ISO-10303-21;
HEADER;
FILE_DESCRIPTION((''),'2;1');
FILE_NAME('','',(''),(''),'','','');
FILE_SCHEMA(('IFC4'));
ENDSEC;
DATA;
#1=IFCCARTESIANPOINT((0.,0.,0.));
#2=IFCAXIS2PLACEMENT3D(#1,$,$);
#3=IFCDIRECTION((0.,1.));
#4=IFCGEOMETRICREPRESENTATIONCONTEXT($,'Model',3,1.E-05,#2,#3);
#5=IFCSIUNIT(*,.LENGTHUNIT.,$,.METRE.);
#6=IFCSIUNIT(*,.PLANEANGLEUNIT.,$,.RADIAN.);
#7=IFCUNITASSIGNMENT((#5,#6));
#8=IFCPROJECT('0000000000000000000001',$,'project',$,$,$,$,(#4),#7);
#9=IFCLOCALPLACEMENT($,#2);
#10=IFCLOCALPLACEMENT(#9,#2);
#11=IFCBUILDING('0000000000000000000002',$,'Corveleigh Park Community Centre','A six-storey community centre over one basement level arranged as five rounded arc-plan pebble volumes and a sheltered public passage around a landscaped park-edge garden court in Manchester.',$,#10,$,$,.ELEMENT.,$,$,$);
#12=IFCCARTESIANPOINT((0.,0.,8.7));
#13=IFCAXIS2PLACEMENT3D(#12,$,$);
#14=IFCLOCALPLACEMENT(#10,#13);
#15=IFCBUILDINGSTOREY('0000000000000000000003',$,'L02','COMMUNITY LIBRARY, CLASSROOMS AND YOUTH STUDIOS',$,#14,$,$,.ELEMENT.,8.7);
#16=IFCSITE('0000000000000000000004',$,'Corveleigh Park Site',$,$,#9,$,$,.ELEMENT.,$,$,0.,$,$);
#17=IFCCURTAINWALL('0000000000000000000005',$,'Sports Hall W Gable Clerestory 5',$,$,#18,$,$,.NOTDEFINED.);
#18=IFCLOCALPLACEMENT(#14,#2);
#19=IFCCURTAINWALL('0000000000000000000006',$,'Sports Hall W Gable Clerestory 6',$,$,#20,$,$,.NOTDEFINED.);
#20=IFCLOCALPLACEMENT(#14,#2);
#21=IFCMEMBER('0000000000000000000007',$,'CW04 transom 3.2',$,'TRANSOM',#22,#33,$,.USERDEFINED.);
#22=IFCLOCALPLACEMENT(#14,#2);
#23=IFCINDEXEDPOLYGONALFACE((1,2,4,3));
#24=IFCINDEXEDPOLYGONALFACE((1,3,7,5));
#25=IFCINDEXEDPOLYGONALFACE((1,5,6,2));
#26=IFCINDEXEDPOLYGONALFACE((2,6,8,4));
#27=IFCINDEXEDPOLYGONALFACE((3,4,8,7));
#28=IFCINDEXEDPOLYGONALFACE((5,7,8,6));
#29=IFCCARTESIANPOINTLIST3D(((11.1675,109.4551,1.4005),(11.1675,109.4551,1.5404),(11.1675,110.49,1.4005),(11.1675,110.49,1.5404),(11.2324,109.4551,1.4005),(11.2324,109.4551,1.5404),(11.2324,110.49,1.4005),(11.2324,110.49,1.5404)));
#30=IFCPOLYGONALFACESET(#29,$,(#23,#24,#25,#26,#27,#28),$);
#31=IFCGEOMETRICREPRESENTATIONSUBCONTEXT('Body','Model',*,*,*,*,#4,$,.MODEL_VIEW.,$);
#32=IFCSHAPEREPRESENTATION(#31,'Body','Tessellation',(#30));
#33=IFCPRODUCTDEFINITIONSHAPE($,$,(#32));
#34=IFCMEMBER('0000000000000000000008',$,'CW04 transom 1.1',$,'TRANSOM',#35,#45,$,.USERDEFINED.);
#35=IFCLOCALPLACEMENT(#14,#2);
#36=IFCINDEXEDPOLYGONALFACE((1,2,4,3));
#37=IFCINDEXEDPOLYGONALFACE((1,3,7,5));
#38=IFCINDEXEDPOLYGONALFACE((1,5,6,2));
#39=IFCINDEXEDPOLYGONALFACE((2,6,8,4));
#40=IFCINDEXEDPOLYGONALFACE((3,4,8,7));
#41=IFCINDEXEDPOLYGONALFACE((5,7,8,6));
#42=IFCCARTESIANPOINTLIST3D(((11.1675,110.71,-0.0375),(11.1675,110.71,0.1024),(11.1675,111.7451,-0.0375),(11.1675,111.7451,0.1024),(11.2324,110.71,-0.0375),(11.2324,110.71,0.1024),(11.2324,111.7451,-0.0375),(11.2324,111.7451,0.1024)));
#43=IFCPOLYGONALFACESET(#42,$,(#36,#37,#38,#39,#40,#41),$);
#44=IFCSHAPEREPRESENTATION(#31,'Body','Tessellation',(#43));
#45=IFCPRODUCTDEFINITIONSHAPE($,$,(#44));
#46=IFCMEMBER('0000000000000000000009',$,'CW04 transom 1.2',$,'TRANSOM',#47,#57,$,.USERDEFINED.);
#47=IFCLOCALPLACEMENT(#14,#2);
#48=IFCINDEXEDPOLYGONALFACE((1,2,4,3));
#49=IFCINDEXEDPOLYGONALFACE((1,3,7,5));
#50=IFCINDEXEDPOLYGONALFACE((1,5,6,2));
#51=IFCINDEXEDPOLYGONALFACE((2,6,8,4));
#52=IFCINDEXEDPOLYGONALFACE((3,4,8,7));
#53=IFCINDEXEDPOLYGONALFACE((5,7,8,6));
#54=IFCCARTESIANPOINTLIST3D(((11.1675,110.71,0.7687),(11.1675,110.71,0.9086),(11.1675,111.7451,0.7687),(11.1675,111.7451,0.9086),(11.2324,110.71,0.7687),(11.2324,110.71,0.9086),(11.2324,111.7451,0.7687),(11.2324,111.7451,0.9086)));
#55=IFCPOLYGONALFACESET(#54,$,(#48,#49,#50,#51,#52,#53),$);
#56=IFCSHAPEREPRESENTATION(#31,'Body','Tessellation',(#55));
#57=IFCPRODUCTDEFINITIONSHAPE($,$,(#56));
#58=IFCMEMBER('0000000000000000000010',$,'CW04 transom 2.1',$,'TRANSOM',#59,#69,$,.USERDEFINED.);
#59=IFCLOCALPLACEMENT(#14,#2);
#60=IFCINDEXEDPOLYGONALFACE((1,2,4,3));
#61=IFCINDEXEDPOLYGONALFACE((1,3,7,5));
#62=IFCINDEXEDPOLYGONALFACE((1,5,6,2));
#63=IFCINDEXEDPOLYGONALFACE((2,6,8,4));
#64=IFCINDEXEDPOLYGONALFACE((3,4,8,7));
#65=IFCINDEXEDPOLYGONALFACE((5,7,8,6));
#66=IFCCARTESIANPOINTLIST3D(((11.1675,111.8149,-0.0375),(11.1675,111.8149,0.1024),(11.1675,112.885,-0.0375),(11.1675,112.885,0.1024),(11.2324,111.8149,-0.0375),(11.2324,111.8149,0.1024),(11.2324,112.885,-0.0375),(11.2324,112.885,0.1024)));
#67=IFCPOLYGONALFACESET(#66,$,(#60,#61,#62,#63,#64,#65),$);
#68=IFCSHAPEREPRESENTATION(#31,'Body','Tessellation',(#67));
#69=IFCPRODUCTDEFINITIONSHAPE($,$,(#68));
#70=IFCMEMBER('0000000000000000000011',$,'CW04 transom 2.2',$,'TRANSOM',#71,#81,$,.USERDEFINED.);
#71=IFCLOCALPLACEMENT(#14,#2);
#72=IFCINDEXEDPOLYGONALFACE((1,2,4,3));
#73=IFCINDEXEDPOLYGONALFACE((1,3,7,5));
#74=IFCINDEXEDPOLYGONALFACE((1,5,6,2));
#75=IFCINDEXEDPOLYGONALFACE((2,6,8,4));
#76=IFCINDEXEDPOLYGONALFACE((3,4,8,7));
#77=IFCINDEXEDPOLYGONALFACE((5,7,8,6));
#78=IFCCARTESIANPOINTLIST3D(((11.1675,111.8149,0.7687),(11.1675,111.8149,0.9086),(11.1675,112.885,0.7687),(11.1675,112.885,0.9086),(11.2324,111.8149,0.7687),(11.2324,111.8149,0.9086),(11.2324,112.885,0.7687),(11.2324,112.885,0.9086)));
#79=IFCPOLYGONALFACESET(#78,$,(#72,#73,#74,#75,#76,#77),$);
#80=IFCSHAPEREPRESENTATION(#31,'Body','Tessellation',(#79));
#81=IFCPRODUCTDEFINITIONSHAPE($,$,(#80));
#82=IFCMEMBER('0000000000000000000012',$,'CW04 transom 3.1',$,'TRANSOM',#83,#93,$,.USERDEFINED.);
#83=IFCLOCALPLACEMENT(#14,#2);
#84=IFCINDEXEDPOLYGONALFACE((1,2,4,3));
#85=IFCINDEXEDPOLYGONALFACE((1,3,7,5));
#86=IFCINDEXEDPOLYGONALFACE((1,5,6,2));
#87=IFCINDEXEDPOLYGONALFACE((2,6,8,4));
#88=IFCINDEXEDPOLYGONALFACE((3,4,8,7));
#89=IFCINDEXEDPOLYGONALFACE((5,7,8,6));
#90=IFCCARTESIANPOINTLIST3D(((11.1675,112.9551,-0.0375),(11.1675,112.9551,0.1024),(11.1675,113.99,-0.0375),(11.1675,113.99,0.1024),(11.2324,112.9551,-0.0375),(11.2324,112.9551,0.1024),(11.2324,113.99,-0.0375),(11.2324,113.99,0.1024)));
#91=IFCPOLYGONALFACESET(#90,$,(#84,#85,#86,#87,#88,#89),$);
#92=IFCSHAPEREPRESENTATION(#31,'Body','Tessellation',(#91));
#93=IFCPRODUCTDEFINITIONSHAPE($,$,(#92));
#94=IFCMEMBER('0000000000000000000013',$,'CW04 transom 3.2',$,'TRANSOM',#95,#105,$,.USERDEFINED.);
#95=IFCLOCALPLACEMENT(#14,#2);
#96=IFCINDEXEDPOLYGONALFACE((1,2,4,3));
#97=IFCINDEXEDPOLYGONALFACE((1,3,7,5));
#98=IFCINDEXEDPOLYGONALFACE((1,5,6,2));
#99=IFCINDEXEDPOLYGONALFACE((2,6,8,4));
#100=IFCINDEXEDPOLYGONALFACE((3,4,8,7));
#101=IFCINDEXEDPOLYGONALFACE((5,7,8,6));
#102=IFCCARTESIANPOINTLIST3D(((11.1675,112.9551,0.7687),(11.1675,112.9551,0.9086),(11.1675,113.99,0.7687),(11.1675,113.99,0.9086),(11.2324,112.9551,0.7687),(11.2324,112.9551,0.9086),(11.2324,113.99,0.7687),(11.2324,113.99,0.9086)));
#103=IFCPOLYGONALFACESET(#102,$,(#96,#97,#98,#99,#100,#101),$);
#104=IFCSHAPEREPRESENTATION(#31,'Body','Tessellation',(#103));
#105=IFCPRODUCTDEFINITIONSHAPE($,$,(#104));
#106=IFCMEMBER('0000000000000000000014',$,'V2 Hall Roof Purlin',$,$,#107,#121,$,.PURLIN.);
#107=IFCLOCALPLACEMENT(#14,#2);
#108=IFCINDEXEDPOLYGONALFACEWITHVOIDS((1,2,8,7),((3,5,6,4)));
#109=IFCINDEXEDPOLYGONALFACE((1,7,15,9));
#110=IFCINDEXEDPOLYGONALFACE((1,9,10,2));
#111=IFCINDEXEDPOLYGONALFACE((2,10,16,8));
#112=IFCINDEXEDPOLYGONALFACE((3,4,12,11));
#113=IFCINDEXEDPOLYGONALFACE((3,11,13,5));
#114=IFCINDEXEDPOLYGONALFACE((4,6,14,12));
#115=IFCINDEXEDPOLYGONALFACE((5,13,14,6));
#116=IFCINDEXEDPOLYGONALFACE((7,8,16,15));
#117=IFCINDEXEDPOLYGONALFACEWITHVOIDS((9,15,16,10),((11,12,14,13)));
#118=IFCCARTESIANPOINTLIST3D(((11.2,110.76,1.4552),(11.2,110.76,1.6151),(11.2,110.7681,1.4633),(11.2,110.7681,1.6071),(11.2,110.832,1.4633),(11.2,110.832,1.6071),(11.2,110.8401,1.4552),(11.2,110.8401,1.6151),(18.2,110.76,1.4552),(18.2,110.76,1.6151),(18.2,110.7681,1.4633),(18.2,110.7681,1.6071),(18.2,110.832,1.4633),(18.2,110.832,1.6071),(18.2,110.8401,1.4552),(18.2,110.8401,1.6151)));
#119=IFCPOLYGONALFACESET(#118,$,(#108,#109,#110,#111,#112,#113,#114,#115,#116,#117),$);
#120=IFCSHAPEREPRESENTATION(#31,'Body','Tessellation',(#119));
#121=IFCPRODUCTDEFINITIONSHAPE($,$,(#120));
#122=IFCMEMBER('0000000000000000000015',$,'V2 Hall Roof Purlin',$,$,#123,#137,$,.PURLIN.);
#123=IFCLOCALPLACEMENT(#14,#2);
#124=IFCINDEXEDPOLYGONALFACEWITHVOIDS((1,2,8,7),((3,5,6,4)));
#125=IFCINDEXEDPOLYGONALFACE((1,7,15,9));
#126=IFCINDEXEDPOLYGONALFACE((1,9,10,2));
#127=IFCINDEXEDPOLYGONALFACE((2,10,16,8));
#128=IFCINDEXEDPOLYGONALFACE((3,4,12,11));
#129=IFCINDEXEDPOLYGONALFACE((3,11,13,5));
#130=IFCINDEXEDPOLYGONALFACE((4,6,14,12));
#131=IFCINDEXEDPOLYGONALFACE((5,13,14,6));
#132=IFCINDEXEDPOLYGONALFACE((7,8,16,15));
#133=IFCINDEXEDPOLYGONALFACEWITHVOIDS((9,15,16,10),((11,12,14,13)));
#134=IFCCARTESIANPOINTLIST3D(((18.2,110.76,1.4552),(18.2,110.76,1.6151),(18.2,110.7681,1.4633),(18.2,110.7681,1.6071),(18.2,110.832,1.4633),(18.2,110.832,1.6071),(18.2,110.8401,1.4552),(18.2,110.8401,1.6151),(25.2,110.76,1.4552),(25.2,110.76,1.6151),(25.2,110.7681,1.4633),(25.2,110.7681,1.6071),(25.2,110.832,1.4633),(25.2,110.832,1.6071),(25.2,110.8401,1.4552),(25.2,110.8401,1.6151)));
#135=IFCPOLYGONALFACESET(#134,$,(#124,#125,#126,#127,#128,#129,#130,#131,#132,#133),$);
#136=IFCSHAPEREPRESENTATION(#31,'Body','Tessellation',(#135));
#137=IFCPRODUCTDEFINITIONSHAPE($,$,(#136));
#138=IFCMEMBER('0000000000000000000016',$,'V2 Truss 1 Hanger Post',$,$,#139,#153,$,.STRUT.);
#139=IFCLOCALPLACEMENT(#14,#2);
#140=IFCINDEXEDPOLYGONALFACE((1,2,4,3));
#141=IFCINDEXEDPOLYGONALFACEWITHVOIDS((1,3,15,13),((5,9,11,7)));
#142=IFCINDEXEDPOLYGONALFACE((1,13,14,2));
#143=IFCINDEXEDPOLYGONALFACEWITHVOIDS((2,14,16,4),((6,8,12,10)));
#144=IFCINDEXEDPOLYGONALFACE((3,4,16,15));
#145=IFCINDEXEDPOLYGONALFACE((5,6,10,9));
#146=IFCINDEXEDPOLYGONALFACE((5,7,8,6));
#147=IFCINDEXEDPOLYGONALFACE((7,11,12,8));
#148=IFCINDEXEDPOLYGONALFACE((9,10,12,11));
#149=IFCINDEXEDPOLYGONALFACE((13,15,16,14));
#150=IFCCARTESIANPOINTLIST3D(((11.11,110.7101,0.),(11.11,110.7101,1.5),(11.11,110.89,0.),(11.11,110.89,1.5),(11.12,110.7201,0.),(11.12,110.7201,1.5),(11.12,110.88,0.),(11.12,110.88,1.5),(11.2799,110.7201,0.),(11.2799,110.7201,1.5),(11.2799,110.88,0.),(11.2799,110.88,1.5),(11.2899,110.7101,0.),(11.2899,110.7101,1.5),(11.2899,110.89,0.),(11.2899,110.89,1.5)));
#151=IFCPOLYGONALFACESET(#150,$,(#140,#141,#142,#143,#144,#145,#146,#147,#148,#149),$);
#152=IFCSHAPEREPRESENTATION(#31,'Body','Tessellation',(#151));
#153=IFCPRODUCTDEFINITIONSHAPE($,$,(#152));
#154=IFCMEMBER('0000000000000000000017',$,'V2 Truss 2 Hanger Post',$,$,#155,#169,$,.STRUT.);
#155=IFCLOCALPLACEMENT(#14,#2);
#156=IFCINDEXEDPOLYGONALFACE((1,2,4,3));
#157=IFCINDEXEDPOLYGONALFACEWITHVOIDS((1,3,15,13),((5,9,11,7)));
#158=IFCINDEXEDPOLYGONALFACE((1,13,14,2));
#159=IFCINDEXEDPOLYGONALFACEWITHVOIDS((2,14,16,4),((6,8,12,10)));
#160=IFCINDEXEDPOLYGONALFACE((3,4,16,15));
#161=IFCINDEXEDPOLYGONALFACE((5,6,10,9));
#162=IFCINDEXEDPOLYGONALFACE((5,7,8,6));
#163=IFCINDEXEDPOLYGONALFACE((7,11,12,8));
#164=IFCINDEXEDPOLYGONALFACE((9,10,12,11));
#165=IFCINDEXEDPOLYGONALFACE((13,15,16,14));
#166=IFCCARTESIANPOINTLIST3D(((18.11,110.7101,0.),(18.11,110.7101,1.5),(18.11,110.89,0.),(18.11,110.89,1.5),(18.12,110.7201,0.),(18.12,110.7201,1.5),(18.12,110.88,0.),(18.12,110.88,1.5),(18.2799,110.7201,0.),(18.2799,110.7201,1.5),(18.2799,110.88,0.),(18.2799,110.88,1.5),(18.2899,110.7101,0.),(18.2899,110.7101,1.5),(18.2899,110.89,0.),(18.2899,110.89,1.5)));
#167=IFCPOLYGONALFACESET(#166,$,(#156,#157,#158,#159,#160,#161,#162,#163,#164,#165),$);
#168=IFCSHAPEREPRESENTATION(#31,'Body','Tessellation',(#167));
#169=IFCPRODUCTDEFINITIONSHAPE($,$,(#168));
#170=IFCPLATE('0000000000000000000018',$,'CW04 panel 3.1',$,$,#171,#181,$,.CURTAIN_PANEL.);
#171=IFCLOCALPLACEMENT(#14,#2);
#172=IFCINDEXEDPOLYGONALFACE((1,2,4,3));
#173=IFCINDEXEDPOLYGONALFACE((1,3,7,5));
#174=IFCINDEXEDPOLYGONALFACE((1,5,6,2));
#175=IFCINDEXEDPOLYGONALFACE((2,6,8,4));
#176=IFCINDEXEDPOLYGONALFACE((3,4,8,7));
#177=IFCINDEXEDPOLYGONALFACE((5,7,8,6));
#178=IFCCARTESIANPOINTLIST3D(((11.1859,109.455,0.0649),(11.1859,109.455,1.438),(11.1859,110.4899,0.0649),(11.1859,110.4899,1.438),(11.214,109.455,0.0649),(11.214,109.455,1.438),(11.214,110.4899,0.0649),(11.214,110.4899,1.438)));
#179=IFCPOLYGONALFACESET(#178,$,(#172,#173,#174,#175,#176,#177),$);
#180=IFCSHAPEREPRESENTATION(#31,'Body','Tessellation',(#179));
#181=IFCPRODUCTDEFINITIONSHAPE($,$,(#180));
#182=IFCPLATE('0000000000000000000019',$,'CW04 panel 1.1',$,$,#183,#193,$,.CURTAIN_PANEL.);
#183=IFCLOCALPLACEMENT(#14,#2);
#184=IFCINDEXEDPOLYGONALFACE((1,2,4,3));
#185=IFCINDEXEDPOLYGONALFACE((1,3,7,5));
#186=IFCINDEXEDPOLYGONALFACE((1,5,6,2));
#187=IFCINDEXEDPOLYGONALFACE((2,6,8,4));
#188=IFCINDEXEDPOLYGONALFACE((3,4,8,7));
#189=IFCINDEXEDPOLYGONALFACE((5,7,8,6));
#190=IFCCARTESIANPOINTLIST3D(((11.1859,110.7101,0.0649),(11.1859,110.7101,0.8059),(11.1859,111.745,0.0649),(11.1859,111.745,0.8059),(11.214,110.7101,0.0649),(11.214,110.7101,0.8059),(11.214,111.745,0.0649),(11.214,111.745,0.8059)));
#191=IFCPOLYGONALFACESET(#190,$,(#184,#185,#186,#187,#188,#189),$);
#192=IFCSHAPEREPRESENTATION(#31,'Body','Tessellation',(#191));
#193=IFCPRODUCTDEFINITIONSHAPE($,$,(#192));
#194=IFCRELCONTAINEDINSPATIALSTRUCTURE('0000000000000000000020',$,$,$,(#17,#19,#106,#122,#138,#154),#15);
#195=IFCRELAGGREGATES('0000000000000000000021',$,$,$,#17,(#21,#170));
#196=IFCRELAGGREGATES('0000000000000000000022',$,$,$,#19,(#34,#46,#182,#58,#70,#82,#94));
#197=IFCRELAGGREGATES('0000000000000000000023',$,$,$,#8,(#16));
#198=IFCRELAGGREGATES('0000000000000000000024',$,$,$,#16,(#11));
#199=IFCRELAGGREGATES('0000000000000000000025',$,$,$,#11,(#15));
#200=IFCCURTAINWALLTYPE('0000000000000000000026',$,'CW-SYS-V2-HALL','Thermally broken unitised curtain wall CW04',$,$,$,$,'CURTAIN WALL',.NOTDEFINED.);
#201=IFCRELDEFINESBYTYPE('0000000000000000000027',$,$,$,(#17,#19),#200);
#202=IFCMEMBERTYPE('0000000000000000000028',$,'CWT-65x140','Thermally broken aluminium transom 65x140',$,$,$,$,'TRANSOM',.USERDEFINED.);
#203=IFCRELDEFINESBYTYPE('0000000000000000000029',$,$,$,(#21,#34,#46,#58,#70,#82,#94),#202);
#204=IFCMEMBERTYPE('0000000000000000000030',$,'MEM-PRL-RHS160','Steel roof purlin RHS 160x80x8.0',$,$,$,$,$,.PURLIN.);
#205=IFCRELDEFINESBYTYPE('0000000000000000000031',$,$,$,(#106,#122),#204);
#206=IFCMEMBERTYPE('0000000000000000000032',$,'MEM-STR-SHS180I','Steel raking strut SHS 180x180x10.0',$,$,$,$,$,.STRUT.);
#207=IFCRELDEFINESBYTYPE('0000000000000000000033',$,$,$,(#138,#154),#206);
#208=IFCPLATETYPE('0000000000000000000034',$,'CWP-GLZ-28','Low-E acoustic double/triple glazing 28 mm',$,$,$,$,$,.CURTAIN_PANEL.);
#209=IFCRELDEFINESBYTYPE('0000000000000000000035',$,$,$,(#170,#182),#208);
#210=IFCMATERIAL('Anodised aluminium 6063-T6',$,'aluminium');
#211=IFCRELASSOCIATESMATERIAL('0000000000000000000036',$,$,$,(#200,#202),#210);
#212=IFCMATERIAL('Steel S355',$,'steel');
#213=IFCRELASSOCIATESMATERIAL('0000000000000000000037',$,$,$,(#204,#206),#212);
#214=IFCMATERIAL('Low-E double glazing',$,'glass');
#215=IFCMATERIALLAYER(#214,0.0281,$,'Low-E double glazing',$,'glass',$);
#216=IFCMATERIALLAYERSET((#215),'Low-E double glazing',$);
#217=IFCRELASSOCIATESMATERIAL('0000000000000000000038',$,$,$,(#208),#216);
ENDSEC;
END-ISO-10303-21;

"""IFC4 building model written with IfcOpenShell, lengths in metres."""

from ifc_helpers import new_model, si_unit, direction, frame, origin, origin_2d, place, context, subcontext, project, spatial, rectangle, hollow_rectangle, extrude, material, layer, layer_set, material_profile, profile_set, type_object, element, aggregate, save


model = new_model("IFC4")

# Units and contexts
model_context = context("Model", 3, precision=1e-05, world=origin(), true_north=direction((0.0, 1.0)))
body_context = subcontext(model_context, "Body", "Model", "MODEL_VIEW")
ifc_project = project(units=[si_unit("LENGTHUNIT", "METRE"), si_unit("PLANEANGLEUNIT", "RADIAN")], contexts=[model_context])

# Site, building, storey
site_placement = place(None, origin())
site = spatial("IfcSite", under=ifc_project, at=site_placement, Name="Corveleigh Park Site", CompositionType="ELEMENT", RefElevation=0.0)
building_placement = place(site_placement, origin())
building = spatial("IfcBuilding", under=site, at=building_placement, Name="Corveleigh Park Community Centre", Description="A six-storey community centre over one basement level arranged as five rounded arc-plan pebble volumes and a sheltered public passage around a landscaped park-edge garden court in Manchester.", CompositionType="ELEMENT")
storey_placement = place(building_placement, frame((0.0, 0.0, 8.7)))
storey = spatial("IfcBuildingStorey", under=building, at=storey_placement, Name="L02", Description="COMMUNITY LIBRARY, CLASSROOMS AND YOUTH STUDIOS", CompositionType="ELEMENT", Elevation=8.7)

# Shared definitions
ifc_material_1 = material(Name="Steel S355", Category="steel")

# Curtain wall
ifc_material_2 = material(Name="Anodised aluminium 6063-T6", Category="aluminium")
curtain_wall_type = type_object("IfcCurtainWallType", Name="CW-SYS-V2-HALL", Description="Thermally broken unitised curtain wall CW04", ElementType="CURTAIN WALL", PredefinedType="NOTDEFINED", material=ifc_material_2)
curtain_wall_1_placement = place(storey_placement, origin())
curtain_wall_1 = element("IfcCurtainWall", 1, at=curtain_wall_1_placement, inside=storey, type_object=curtain_wall_type, Name="Sports Hall W Gable Clerestory 5", PredefinedType="NOTDEFINED")

# Curtain wall
curtain_wall_2_placement = place(storey_placement, origin())
curtain_wall_2 = element("IfcCurtainWall", 2, at=curtain_wall_2_placement, inside=storey, type_object=curtain_wall_type, Name="Sports Hall W Gable Clerestory 6", PredefinedType="NOTDEFINED")

# Members
ifc_material_profile_1 = material_profile(ifc_material_2, rectangle(XDim=0.0649, YDim=0.1399, at=origin_2d()), Name="ALU-T65x140", Category="aluminium")
ifc_profile_set_1 = profile_set([ifc_material_profile_1], Name="Anodised aluminium 6063-T6")
member_type_1 = type_object("IfcMemberType", Name="CWT-65x140", Description="Thermally broken aluminium transom 65x140", ElementType="TRANSOM", PredefinedType="USERDEFINED", material=ifc_profile_set_1)
member_1_placement = place(storey_placement, frame((11.2, 109.4551, 1.4705), z_axis=(0.0, 1.0, 0.0), x_axis=(-1.0, 0.0, 0.0)))
member_1 = element("IfcMember", 3, at=member_1_placement, type_object=member_type_1, Name="CW04 transom 3.2", ObjectType="TRANSOM", PredefinedType="USERDEFINED", context=body_context, shape_type="SweptSolid", body=[
    extrude(rectangle(XDim=0.0649, YDim=0.1399, at=origin_2d()), origin(), (0.0, 0.0, 1.0), 1.0349),
])
member_2_placement = place(storey_placement, frame((11.2, 110.71, 0.0325), z_axis=(0.0, 1.0, 0.0), x_axis=(-1.0, 0.0, 0.0)))
member_2 = element("IfcMember", 4, at=member_2_placement, type_object=member_type_1, Name="CW04 transom 1.1", ObjectType="TRANSOM", PredefinedType="USERDEFINED", context=body_context, shape_type="SweptSolid", body=[
    extrude(rectangle(XDim=0.0649, YDim=0.1399, at=origin_2d()), origin(), (0.0, 0.0, 1.0), 1.0352),
])
member_3_placement = place(storey_placement, frame((11.2, 110.71, 0.8386), z_axis=(0.0, 1.0, 0.0), x_axis=(-1.0, 0.0, 0.0)))
member_3 = element("IfcMember", 5, at=member_3_placement, type_object=member_type_1, Name="CW04 transom 1.2", ObjectType="TRANSOM", PredefinedType="USERDEFINED", context=body_context, shape_type="SweptSolid", body=[
    extrude(rectangle(XDim=0.0649, YDim=0.1399, at=origin_2d()), origin(), (0.0, 0.0, 1.0), 1.0352),
])
member_4_placement = place(storey_placement, frame((11.2, 111.8149, 0.0325), z_axis=(0.0, 1.0, 0.0), x_axis=(-1.0, 0.0, 0.0)))
member_4 = element("IfcMember", 6, at=member_4_placement, type_object=member_type_1, Name="CW04 transom 2.1", ObjectType="TRANSOM", PredefinedType="USERDEFINED", context=body_context, shape_type="SweptSolid", body=[
    extrude(rectangle(XDim=0.0649, YDim=0.1399, at=origin_2d()), origin(), (0.0, 0.0, 1.0), 1.0701),
])
member_5_placement = place(storey_placement, frame((11.2, 111.8149, 0.8386), z_axis=(0.0, 1.0, 0.0), x_axis=(-1.0, 0.0, 0.0)))
member_5 = element("IfcMember", 7, at=member_5_placement, type_object=member_type_1, Name="CW04 transom 2.2", ObjectType="TRANSOM", PredefinedType="USERDEFINED", context=body_context, shape_type="SweptSolid", body=[
    extrude(rectangle(XDim=0.0649, YDim=0.1399, at=origin_2d()), origin(), (0.0, 0.0, 1.0), 1.0701),
])
member_6_placement = place(storey_placement, frame((11.2, 112.9551, 0.0325), z_axis=(0.0, 1.0, 0.0), x_axis=(-1.0, 0.0, 0.0)))
member_6 = element("IfcMember", 8, at=member_6_placement, type_object=member_type_1, Name="CW04 transom 3.1", ObjectType="TRANSOM", PredefinedType="USERDEFINED", context=body_context, shape_type="SweptSolid", body=[
    extrude(rectangle(XDim=0.0649, YDim=0.1399, at=origin_2d()), origin(), (0.0, 0.0, 1.0), 1.0349),
])
member_7_placement = place(storey_placement, frame((11.2, 112.9551, 0.8386), z_axis=(0.0, 1.0, 0.0), x_axis=(-1.0, 0.0, 0.0)))
member_7 = element("IfcMember", 9, at=member_7_placement, type_object=member_type_1, Name="CW04 transom 3.2", ObjectType="TRANSOM", PredefinedType="USERDEFINED", context=body_context, shape_type="SweptSolid", body=[
    extrude(rectangle(XDim=0.0649, YDim=0.1399, at=origin_2d()), origin(), (0.0, 0.0, 1.0), 1.0349),
])

# Members
ifc_material_profile_2 = material_profile(ifc_material_1, hollow_rectangle(XDim=0.0801, YDim=0.1599, WallThickness=0.0081, at=origin_2d()), Name="RHS 160x80x8.0", Category="steel")
ifc_profile_set_2 = profile_set([ifc_material_profile_2], Name="Steel S355")
member_type_2 = type_object("IfcMemberType", Name="MEM-PRL-RHS160", Description="Steel roof purlin RHS 160x80x8.0", PredefinedType="PURLIN", material=ifc_profile_set_2)
for number, where, z_axis, x_axis, name in (
    (10, (11.2, 110.8, 1.5352), (1.0, 0.0, 0.0), (0.0, 1.0, 0.0), "V2 Hall Roof Purlin"),
    (11, (18.2, 110.8, 1.5352), (1.0, 0.0, 0.0), (0.0, 1.0, 0.0), "V2 Hall Roof Purlin"),
):
    element("IfcMember", number, at=place(storey_placement, frame(where, z_axis=z_axis, x_axis=x_axis)), inside=storey, type_object=member_type_2, Name=name, PredefinedType="PURLIN", context=body_context, shape_type="SweptSolid", body=[
        extrude(hollow_rectangle(XDim=0.0801, YDim=0.1599, WallThickness=0.0081, at=origin_2d()), origin(), (0.0, 0.0, 1.0), 7.0),
    ])
ifc_material_profile_3 = material_profile(ifc_material_1, hollow_rectangle(XDim=0.1799, YDim=0.1799, WallThickness=0.01, at=origin_2d()), Name="SHS 180x180x10.0", Category="steel")
ifc_profile_set_3 = profile_set([ifc_material_profile_3], Name="Steel S355")
member_type_3 = type_object("IfcMemberType", Name="MEM-STR-SHS180I", Description="Steel raking strut SHS 180x180x10.0", PredefinedType="STRUT", material=ifc_profile_set_3)
for number, where, z_axis, x_axis, name in (
    (12, (11.2, 110.8, 0.0), (0.0, 0.0, 1.0), (1.0, 0.0, 0.0), "V2 Truss 1 Hanger Post"),
    (13, (18.2, 110.8, 0.0), (0.0, 0.0, 1.0), (1.0, 0.0, 0.0), "V2 Truss 2 Hanger Post"),
):
    element("IfcMember", number, at=place(storey_placement, frame(where, z_axis=z_axis, x_axis=x_axis)), inside=storey, type_object=member_type_3, Name=name, PredefinedType="STRUT", context=body_context, shape_type="SweptSolid", body=[
        extrude(hollow_rectangle(XDim=0.1799, YDim=0.1799, WallThickness=0.01, at=origin_2d()), origin(), (0.0, 0.0, 1.0), 1.5),
    ])

# Plates
ifc_material_3 = material(Name="Low-E double glazing", Category="glass")
ifc_layer_1 = layer(ifc_material_3, 0.0281, Name="Low-E double glazing", Category="glass")
ifc_layer_set_1 = layer_set([ifc_layer_1], Name="Low-E double glazing")
plate_type_1 = type_object("IfcPlateType", Name="CWP-GLZ-28", Description="Low-E acoustic double/triple glazing 28 mm", PredefinedType="CURTAIN_PANEL", material=ifc_layer_set_1)
plate_1_placement = place(storey_placement, frame((11.2, 109.9724, 0.0649), z_axis=(0.0, 0.0, 1.0), x_axis=(0.0, 1.0, 0.0)))
plate_1 = element("IfcPlate", 14, at=plate_1_placement, type_object=plate_type_1, Name="CW04 panel 3.1", PredefinedType="CURTAIN_PANEL", context=body_context, shape_type="SweptSolid", body=[
    extrude(rectangle(XDim=1.0349, YDim=0.0281, at=origin_2d()), origin(), (0.0, 0.0, 1.0), 1.373),
])
aggregate(curtain_wall_1, [member_1, plate_1])
plate_2_placement = place(storey_placement, frame((11.2, 111.2275, 0.0649), z_axis=(0.0, 0.0, 1.0), x_axis=(0.0, 1.0, 0.0)))
plate_2 = element("IfcPlate", 15, at=plate_2_placement, type_object=plate_type_1, Name="CW04 panel 1.1", PredefinedType="CURTAIN_PANEL", context=body_context, shape_type="SweptSolid", body=[
    extrude(rectangle(XDim=1.0349, YDim=0.0281, at=origin_2d()), origin(), (0.0, 0.0, 1.0), 0.741),
])
aggregate(curtain_wall_2, [member_2, member_3, plate_2, member_4, member_5, member_6, member_7])

save(model, "model.ifc")
